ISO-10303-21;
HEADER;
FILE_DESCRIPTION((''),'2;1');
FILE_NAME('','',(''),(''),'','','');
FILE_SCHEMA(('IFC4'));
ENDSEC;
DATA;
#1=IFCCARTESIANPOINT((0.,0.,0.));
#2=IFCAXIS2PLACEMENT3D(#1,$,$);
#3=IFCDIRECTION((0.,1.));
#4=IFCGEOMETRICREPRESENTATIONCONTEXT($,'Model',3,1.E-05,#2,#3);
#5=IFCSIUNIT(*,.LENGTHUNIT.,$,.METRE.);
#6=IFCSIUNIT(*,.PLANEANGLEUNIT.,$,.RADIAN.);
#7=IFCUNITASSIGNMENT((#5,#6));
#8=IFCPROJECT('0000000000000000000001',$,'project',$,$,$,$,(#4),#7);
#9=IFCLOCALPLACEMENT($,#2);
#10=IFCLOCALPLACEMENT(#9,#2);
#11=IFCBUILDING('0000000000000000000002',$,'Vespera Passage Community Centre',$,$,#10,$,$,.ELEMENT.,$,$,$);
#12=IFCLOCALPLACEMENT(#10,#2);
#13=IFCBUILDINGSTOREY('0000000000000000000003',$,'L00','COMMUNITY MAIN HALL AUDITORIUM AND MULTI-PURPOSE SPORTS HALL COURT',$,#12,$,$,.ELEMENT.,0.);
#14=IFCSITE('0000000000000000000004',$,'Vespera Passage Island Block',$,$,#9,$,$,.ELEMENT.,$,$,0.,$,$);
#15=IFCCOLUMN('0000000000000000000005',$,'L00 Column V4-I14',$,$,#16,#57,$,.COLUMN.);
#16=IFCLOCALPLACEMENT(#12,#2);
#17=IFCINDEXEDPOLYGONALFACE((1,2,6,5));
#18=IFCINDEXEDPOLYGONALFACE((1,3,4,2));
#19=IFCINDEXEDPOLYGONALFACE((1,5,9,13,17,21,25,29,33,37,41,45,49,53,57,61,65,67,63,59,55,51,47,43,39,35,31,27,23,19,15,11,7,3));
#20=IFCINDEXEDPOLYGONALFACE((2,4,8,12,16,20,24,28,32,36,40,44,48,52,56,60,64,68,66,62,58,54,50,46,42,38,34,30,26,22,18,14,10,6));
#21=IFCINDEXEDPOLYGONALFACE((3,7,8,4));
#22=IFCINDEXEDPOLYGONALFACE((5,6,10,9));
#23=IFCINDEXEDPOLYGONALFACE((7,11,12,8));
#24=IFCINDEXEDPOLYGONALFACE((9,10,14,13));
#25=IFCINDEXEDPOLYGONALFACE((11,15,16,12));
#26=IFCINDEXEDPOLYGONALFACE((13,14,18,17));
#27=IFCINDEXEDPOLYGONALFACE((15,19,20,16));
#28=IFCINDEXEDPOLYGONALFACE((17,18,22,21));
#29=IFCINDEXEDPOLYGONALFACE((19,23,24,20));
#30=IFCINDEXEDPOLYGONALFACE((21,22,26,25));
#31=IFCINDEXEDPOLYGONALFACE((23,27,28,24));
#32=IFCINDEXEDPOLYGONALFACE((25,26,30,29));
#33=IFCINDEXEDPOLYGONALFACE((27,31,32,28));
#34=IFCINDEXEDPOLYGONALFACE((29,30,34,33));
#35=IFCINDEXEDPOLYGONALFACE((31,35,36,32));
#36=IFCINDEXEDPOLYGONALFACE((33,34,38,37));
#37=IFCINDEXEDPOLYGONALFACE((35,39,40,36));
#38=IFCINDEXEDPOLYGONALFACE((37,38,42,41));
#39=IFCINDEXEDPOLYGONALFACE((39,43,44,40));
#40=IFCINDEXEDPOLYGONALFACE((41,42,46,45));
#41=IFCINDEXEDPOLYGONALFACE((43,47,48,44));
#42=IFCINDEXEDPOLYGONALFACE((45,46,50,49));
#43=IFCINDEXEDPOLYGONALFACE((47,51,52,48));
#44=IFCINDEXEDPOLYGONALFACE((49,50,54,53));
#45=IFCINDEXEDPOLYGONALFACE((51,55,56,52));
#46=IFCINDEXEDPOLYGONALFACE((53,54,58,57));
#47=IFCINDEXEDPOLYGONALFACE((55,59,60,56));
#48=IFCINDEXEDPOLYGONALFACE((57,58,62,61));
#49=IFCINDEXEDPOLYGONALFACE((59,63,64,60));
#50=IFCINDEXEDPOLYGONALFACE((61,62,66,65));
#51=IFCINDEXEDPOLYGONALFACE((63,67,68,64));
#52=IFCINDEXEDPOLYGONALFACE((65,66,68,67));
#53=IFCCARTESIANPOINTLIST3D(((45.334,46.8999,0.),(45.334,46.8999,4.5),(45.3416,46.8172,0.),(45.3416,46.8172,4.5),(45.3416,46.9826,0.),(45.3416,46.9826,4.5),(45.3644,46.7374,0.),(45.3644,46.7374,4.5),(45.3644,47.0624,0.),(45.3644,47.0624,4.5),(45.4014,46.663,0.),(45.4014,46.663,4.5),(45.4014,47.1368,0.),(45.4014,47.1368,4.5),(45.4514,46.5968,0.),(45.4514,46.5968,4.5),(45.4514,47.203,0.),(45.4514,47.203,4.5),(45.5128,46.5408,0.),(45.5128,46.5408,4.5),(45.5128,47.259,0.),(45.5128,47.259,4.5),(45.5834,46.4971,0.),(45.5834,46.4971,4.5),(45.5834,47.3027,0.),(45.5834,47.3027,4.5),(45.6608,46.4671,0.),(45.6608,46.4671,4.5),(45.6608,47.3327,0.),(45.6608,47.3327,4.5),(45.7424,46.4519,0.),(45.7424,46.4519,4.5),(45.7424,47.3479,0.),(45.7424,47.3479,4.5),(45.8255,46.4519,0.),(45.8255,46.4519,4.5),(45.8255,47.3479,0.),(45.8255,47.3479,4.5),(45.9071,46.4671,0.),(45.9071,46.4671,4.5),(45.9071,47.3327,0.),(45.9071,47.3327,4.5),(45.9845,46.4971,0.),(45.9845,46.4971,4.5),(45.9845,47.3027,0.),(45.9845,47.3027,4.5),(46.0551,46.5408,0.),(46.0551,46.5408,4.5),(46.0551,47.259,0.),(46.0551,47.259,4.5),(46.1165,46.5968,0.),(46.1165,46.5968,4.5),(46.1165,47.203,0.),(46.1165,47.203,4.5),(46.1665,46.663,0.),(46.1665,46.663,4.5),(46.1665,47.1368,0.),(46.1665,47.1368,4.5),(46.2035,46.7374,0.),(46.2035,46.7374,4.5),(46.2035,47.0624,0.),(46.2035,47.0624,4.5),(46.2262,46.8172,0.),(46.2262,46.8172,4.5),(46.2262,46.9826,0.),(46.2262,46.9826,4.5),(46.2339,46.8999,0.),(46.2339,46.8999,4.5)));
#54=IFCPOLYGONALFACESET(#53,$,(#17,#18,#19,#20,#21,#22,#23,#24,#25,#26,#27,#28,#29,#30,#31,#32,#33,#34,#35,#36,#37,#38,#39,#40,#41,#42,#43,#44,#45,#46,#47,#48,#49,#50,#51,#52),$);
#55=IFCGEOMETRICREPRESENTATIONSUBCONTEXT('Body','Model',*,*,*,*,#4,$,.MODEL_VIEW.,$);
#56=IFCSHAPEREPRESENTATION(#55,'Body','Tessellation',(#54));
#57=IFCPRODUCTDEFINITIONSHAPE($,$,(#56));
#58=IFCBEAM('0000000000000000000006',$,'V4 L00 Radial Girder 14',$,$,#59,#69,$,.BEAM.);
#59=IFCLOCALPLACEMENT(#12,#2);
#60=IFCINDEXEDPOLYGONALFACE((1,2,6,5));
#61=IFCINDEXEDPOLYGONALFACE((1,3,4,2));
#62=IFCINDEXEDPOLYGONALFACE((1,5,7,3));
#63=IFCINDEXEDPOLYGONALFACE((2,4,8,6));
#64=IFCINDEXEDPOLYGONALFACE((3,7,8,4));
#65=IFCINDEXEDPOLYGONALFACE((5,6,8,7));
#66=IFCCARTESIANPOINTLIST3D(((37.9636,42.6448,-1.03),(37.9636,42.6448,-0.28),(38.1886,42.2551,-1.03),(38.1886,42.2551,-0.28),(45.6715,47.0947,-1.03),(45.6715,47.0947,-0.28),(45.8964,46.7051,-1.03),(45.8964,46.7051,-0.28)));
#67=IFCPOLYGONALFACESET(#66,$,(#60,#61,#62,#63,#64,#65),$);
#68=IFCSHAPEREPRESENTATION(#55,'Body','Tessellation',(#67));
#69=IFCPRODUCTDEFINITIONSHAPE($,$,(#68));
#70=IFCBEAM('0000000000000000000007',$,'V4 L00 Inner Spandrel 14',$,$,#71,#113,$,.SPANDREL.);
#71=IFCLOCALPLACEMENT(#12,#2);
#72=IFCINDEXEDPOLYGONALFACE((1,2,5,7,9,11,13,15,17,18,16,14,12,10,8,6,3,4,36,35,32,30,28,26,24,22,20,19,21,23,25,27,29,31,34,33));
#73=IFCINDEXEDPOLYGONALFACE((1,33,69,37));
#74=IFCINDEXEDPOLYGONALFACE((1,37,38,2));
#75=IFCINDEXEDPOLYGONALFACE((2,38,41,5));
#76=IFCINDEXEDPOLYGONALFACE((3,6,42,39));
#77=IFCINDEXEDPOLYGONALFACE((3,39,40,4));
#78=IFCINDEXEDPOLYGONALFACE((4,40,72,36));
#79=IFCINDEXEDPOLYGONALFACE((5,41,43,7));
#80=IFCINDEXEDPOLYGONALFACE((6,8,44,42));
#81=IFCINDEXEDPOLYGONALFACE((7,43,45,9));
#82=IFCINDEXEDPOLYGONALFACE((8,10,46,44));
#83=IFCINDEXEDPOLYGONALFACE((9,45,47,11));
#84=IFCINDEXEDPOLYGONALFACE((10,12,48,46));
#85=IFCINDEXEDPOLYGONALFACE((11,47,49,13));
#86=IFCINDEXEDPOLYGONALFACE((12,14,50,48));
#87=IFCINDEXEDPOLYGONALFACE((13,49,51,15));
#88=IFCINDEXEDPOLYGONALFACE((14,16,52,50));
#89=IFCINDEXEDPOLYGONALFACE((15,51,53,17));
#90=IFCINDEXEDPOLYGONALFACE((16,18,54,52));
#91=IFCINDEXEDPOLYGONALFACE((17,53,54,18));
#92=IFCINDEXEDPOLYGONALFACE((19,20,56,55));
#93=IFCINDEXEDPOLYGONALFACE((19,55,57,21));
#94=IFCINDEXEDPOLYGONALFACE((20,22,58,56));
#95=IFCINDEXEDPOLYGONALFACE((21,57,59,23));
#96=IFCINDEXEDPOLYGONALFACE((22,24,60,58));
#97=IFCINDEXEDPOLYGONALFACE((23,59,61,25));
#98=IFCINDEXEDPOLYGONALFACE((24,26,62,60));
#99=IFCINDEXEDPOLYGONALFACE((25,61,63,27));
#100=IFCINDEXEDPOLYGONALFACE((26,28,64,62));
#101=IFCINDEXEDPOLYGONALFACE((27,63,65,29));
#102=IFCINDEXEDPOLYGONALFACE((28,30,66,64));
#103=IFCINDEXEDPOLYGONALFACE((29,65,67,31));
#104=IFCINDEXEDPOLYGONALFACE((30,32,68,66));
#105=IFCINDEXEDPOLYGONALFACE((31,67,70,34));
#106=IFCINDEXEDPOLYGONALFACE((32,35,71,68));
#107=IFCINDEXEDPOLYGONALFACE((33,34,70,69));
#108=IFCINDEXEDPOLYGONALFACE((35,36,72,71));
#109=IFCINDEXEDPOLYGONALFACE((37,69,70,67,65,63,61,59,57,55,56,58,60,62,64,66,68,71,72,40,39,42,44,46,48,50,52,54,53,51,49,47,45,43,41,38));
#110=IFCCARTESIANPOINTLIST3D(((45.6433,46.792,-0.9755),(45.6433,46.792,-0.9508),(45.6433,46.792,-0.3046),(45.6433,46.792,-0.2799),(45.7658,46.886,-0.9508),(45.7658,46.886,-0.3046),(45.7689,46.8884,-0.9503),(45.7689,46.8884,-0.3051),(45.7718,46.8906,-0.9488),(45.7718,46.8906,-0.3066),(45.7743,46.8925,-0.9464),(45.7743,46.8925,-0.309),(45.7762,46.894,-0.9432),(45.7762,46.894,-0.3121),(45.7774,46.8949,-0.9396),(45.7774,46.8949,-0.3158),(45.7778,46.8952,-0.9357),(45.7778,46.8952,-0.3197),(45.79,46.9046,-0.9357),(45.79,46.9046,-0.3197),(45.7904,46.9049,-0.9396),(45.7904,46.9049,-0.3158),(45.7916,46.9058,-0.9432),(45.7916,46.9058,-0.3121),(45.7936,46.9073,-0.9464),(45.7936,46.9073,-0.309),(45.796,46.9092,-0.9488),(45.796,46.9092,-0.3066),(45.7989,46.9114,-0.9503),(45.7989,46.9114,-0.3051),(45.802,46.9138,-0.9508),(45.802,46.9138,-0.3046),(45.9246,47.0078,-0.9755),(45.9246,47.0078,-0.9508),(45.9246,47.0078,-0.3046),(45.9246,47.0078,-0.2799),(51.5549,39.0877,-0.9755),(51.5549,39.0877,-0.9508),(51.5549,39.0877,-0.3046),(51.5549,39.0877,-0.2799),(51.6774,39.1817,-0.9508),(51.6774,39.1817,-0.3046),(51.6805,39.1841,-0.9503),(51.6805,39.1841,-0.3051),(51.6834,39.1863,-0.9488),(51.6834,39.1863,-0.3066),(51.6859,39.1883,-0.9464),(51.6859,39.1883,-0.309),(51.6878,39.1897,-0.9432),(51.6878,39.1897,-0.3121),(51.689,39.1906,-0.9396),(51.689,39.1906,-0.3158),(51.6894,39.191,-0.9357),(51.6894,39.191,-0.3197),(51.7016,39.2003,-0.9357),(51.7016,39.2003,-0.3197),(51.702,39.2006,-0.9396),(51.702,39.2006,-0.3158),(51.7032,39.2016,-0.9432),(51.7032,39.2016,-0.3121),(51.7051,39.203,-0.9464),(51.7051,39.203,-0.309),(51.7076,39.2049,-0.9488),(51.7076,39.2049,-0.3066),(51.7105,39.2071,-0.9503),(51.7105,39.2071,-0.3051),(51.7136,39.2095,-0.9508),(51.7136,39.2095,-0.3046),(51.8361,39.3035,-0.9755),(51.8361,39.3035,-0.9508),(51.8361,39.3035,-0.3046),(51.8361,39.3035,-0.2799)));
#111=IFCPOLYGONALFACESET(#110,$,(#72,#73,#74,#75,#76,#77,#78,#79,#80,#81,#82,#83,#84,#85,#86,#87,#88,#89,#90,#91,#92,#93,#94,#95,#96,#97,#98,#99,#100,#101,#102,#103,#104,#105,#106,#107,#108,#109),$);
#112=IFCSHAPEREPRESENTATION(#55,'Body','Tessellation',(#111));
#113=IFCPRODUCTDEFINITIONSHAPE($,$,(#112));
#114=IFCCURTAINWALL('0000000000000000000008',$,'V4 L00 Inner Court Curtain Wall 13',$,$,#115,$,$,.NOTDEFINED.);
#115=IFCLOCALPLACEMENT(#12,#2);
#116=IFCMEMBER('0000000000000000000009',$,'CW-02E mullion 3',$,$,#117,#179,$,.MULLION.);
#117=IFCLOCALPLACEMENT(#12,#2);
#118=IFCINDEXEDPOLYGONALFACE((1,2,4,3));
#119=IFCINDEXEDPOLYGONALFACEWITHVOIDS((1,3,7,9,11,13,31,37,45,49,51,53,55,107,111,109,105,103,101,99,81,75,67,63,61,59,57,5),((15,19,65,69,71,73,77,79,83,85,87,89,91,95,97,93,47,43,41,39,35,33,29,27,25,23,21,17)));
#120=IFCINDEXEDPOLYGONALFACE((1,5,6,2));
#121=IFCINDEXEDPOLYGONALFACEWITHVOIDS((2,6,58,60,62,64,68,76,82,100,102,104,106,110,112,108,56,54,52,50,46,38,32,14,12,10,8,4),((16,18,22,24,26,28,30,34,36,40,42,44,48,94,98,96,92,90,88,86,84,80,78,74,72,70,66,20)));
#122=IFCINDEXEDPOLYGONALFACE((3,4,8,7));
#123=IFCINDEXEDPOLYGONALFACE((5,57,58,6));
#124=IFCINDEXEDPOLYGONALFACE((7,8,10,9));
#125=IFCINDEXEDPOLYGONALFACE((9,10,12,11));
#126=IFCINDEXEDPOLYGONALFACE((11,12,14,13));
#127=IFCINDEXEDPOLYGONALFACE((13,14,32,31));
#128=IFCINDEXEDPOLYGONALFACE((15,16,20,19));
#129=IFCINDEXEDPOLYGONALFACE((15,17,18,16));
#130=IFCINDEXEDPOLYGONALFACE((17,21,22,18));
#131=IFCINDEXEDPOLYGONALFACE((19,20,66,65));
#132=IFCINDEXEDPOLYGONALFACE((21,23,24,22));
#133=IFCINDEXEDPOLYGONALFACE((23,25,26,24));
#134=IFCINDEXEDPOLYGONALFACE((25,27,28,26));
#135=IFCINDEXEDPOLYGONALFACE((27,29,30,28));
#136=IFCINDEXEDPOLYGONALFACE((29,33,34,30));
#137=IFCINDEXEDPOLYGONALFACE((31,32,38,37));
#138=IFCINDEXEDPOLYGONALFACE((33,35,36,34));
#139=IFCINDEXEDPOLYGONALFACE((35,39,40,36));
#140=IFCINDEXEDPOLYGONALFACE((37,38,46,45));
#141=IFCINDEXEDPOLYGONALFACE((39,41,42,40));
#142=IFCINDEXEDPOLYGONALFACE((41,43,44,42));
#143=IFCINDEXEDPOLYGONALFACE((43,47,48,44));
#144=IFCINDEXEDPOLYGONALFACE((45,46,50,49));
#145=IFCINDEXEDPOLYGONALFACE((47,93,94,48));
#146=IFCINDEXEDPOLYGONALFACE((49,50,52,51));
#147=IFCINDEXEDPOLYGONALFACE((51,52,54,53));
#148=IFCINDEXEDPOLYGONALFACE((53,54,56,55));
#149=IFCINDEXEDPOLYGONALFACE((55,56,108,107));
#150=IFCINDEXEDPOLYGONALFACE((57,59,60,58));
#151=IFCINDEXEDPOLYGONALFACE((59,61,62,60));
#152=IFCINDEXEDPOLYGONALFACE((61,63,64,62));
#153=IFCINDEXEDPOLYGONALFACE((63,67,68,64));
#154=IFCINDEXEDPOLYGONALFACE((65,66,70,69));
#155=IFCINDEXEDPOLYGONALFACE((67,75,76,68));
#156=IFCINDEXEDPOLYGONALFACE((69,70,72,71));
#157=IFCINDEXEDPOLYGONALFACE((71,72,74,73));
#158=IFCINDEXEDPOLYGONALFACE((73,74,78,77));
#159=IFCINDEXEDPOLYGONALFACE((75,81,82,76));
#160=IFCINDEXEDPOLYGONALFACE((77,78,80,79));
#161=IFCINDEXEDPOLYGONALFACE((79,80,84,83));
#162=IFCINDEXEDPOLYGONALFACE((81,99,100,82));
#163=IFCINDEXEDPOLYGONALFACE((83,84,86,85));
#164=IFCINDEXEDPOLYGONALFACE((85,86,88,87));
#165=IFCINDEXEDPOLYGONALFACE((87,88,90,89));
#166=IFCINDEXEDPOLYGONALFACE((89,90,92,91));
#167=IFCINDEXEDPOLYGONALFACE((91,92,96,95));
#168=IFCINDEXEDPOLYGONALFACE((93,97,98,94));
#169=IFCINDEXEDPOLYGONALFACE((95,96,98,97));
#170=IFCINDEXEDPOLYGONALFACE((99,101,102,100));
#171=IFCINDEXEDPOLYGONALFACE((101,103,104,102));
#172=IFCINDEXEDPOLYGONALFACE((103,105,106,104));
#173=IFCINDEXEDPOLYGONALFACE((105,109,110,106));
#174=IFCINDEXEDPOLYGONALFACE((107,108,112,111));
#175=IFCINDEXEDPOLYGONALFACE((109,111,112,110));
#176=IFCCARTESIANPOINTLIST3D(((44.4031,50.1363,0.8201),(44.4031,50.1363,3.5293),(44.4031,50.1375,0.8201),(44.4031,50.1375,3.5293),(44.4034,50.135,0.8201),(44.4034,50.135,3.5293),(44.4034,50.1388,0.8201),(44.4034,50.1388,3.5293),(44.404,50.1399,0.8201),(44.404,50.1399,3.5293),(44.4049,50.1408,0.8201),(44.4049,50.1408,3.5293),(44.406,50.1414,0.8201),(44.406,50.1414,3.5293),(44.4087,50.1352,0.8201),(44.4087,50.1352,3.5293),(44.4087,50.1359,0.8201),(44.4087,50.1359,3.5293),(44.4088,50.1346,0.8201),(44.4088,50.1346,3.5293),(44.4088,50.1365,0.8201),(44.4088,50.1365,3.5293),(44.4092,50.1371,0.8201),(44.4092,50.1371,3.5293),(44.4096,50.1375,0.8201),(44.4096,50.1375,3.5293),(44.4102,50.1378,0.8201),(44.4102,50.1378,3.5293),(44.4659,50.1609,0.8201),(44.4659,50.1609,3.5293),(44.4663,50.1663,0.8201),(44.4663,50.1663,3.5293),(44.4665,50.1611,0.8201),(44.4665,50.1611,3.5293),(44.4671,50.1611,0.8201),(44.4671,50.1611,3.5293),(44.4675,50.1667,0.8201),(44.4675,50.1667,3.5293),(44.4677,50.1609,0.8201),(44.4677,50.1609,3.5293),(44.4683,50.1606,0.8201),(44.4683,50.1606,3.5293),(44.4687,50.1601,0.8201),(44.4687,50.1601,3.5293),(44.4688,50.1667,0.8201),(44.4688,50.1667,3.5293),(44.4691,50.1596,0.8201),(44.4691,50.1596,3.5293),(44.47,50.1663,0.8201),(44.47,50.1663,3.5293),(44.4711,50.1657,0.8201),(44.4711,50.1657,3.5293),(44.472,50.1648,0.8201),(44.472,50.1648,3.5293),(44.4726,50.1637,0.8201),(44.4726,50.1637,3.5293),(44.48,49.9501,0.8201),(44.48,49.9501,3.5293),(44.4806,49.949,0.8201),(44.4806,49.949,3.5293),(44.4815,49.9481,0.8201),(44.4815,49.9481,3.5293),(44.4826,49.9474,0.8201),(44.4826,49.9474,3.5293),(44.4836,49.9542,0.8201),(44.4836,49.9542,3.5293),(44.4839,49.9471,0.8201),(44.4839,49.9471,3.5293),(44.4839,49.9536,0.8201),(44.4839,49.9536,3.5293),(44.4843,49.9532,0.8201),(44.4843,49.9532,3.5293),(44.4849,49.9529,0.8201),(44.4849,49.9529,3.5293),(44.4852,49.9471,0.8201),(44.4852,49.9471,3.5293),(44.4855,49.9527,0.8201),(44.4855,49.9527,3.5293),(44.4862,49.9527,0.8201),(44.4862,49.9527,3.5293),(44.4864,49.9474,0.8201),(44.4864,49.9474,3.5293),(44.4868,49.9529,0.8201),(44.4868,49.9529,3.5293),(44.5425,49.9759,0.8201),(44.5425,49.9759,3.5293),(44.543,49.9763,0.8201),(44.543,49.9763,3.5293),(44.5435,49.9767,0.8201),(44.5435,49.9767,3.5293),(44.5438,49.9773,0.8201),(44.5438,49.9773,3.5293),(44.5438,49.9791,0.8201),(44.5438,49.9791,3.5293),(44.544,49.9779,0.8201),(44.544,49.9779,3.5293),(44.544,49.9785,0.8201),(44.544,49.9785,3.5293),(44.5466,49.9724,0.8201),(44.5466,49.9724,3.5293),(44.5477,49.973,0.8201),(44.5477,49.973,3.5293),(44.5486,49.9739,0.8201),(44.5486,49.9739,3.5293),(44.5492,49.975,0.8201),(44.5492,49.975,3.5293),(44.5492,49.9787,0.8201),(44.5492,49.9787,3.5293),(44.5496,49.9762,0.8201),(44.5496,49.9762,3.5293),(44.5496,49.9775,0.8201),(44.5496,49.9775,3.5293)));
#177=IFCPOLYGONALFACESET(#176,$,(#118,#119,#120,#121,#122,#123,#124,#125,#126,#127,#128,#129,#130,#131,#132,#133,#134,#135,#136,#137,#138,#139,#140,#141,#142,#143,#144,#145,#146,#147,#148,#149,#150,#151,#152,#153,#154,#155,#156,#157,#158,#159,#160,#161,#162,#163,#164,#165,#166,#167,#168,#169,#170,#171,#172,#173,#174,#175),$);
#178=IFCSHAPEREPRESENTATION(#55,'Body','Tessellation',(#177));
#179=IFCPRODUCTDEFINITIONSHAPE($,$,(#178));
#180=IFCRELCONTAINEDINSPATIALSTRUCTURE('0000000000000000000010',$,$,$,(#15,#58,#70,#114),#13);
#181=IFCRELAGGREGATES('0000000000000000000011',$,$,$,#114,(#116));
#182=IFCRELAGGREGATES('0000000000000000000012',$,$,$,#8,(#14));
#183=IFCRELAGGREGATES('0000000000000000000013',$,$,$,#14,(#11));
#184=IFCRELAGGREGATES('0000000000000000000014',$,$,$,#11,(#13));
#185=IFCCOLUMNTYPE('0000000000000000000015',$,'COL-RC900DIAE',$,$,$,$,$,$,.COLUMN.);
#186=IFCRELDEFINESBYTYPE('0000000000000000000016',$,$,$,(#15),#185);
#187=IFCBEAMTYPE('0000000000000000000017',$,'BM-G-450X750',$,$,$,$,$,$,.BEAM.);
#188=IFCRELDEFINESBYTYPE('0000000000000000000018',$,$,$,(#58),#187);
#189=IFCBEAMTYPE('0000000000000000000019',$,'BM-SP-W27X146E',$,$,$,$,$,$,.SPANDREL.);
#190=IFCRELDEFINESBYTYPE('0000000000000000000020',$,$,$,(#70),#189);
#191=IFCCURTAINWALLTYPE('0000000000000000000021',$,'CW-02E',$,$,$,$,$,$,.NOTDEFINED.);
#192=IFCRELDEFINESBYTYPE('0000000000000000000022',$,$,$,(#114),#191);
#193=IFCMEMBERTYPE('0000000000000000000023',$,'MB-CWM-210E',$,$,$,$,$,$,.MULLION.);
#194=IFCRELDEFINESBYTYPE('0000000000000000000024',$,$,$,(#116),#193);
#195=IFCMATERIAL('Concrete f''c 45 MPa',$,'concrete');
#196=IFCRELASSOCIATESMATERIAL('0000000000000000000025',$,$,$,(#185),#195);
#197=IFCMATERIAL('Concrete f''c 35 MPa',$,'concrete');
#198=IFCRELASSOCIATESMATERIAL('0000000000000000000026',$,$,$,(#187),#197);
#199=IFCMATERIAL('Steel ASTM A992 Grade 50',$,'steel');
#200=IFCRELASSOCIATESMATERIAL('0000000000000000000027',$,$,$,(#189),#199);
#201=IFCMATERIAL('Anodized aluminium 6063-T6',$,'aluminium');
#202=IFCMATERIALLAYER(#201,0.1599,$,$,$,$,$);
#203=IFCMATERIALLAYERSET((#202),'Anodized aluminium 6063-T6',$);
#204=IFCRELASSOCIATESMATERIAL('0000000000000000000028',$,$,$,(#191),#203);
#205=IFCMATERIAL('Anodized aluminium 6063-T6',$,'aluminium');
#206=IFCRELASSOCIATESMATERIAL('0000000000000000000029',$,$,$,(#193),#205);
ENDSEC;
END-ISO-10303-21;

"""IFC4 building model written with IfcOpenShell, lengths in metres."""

from ifc_helpers import new_model, si_unit, direction, frame, origin, origin_2d, place, context, subcontext, project, spatial, rectangle, hollow_rectangle, circle, i_section, extrude, material, layer, layer_set, material_profile, profile_set, type_object, element, aggregate, save


model = new_model("IFC4")

# Units and contexts
model_context = context("Model", 3, precision=1e-05, world=origin(), true_north=direction((0.0, 1.0)))
body_context = subcontext(model_context, "Body", "Model", "MODEL_VIEW")
ifc_project = project(units=[si_unit("LENGTHUNIT", "METRE"), si_unit("PLANEANGLEUNIT", "RADIAN")], contexts=[model_context])

# Site, building, storey
site_placement = place(None, origin())
site = spatial("IfcSite", under=ifc_project, at=site_placement, Name="Vespera Passage Island Block", CompositionType="ELEMENT", RefElevation=0.0)
building_placement = place(site_placement, origin())
building = spatial("IfcBuilding", under=site, at=building_placement, Name="Vespera Passage Community Centre", CompositionType="ELEMENT")
storey_placement = place(building_placement, origin())
storey = spatial("IfcBuildingStorey", under=building, at=storey_placement, Name="L00", Description="COMMUNITY MAIN HALL AUDITORIUM AND MULTI-PURPOSE SPORTS HALL COURT", CompositionType="ELEMENT", Elevation=0.0)

# Column
ifc_material_1 = material(Name="Concrete f'c 45 MPa", Category="concrete")
ifc_material_profile_1 = material_profile(ifc_material_1, circle(Radius=0.45, at=origin_2d()), Name="RC900DIA")
ifc_profile_set_1 = profile_set([ifc_material_profile_1], Name="Concrete f'c 45 MPa")
column_type = type_object("IfcColumnType", Name="COL-RC900DIAE", PredefinedType="COLUMN", material=ifc_profile_set_1)
column_placement = place(storey_placement, frame((45.7839, 46.8999, 0.0), z_axis=(0.0, 0.0, 1.0), x_axis=(1.0, 0.0, 0.0)))
element("IfcColumn", 1, at=column_placement, inside=storey, type_object=column_type, Name="L00 Column V4-I14", PredefinedType="COLUMN", context=body_context, shape_type="SweptSolid", body=[
    extrude(circle(Radius=0.45, at=origin_2d()), origin(), (0.0, 0.0, 1.0), 4.5),
])

# Beams
ifc_material_2 = material(Name="Concrete f'c 35 MPa", Category="concrete")
ifc_material_profile_2 = material_profile(ifc_material_2, rectangle(XDim=0.45, YDim=0.75, at=origin_2d()), Name="RC450X750")
ifc_profile_set_2 = profile_set([ifc_material_profile_2], Name="Concrete f'c 35 MPa")
beam_type_1 = type_object("IfcBeamType", Name="BM-G-450X750", PredefinedType="BEAM", material=ifc_profile_set_2)
beam_1_placement = place(storey_placement, frame((45.7839, 46.8999, -0.655), z_axis=(-0.866032, -0.499989, 0.0), x_axis=(0.499989, -0.866032, 0.0)))
element("IfcBeam", 2, at=beam_1_placement, inside=storey, type_object=beam_type_1, Name="V4 L00 Radial Girder 14", PredefinedType="BEAM", context=body_context, shape_type="SweptSolid", body=[
    extrude(rectangle(XDim=0.45, YDim=0.75, at=origin_2d()), origin(), (0.0, 0.0, 1.0), 8.9001),
])
ifc_material_3 = material(Name="Steel ASTM A992 Grade 50", Category="steel")
ifc_material_profile_3 = material_profile(ifc_material_3, i_section(OverallWidth=0.3545, OverallDepth=0.6956, WebThickness=0.0154, FlangeThickness=0.0247, FilletRadius=0.0151, at=origin_2d()), Name="W27X146")
ifc_profile_set_3 = profile_set([ifc_material_profile_3], Name="Steel ASTM A992 Grade 50")
beam_type_2 = type_object("IfcBeamType", Name="BM-SP-W27X146E", PredefinedType="SPANDREL", material=ifc_profile_set_3)
beam_2_placement = place(storey_placement, frame((45.7839, 46.8999, -0.6277), z_axis=(0.608753, -0.79336, 0.0), x_axis=(0.79336, 0.608753, 0.0)))
element("IfcBeam", 3, at=beam_2_placement, inside=storey, type_object=beam_type_2, Name="V4 L00 Inner Spandrel 14", PredefinedType="SPANDREL", context=body_context, shape_type="SweptSolid", body=[
    extrude(i_section(OverallWidth=0.3545, OverallDepth=0.6956, WebThickness=0.0154, FlangeThickness=0.0247, FilletRadius=0.0151, at=origin_2d()), origin(), (0.0, 0.0, 1.0), 9.7109),
])

# Curtain wall, member
ifc_material_4 = material(Name="Anodized aluminium 6063-T6", Category="aluminium")
ifc_layer_1 = layer(ifc_material_4, 0.1599)
ifc_layer_set_1 = layer_set([ifc_layer_1], Name="Anodized aluminium 6063-T6")
curtain_wall_type_1 = type_object("IfcCurtainWallType", Name="CW-02E", PredefinedType="NOTDEFINED", material=ifc_layer_set_1)
curtain_wall_1_placement = place(storey_placement, origin())
curtain_wall_1 = element("IfcCurtainWall", 4, at=curtain_wall_1_placement, inside=storey, type_object=curtain_wall_type_1, Name="V4 L00 Inner Court Curtain Wall 13", PredefinedType="NOTDEFINED")
ifc_material_5 = material(Name="Anodized aluminium 6063-T6", Category="aluminium")
ifc_material_profile_4 = material_profile(ifc_material_5, hollow_rectangle(XDim=0.075, YDim=0.21, WallThickness=0.0049, InnerFilletRadius=0.0024, OuterFilletRadius=0.0049, at=origin_2d()), Name="ALU210X75X5")
ifc_profile_set_4 = profile_set([ifc_material_profile_4], Name="Anodized aluminium 6063-T6")
member_type_1 = type_object("IfcMemberType", Name="MB-CWM-210E", PredefinedType="MULLION", material=ifc_profile_set_4)
member_1_placement = place(storey_placement, frame((44.4763, 50.0569, 0.8201), z_axis=(0.0, 0.0, 1.0), x_axis=(0.923877, 0.38269, 0.0)))
member_1 = element("IfcMember", 5, at=member_1_placement, type_object=member_type_1, Name="CW-02E mullion 3", PredefinedType="MULLION", context=body_context, shape_type="SweptSolid", body=[
    extrude(hollow_rectangle(XDim=0.075, YDim=0.21, WallThickness=0.0049, InnerFilletRadius=0.0024, OuterFilletRadius=0.0049, at=origin_2d()), origin(), (0.0, 0.0, 1.0), 2.7092),
])

aggregate(curtain_wall_1, [member_1])

save(model, "model.ifc")
